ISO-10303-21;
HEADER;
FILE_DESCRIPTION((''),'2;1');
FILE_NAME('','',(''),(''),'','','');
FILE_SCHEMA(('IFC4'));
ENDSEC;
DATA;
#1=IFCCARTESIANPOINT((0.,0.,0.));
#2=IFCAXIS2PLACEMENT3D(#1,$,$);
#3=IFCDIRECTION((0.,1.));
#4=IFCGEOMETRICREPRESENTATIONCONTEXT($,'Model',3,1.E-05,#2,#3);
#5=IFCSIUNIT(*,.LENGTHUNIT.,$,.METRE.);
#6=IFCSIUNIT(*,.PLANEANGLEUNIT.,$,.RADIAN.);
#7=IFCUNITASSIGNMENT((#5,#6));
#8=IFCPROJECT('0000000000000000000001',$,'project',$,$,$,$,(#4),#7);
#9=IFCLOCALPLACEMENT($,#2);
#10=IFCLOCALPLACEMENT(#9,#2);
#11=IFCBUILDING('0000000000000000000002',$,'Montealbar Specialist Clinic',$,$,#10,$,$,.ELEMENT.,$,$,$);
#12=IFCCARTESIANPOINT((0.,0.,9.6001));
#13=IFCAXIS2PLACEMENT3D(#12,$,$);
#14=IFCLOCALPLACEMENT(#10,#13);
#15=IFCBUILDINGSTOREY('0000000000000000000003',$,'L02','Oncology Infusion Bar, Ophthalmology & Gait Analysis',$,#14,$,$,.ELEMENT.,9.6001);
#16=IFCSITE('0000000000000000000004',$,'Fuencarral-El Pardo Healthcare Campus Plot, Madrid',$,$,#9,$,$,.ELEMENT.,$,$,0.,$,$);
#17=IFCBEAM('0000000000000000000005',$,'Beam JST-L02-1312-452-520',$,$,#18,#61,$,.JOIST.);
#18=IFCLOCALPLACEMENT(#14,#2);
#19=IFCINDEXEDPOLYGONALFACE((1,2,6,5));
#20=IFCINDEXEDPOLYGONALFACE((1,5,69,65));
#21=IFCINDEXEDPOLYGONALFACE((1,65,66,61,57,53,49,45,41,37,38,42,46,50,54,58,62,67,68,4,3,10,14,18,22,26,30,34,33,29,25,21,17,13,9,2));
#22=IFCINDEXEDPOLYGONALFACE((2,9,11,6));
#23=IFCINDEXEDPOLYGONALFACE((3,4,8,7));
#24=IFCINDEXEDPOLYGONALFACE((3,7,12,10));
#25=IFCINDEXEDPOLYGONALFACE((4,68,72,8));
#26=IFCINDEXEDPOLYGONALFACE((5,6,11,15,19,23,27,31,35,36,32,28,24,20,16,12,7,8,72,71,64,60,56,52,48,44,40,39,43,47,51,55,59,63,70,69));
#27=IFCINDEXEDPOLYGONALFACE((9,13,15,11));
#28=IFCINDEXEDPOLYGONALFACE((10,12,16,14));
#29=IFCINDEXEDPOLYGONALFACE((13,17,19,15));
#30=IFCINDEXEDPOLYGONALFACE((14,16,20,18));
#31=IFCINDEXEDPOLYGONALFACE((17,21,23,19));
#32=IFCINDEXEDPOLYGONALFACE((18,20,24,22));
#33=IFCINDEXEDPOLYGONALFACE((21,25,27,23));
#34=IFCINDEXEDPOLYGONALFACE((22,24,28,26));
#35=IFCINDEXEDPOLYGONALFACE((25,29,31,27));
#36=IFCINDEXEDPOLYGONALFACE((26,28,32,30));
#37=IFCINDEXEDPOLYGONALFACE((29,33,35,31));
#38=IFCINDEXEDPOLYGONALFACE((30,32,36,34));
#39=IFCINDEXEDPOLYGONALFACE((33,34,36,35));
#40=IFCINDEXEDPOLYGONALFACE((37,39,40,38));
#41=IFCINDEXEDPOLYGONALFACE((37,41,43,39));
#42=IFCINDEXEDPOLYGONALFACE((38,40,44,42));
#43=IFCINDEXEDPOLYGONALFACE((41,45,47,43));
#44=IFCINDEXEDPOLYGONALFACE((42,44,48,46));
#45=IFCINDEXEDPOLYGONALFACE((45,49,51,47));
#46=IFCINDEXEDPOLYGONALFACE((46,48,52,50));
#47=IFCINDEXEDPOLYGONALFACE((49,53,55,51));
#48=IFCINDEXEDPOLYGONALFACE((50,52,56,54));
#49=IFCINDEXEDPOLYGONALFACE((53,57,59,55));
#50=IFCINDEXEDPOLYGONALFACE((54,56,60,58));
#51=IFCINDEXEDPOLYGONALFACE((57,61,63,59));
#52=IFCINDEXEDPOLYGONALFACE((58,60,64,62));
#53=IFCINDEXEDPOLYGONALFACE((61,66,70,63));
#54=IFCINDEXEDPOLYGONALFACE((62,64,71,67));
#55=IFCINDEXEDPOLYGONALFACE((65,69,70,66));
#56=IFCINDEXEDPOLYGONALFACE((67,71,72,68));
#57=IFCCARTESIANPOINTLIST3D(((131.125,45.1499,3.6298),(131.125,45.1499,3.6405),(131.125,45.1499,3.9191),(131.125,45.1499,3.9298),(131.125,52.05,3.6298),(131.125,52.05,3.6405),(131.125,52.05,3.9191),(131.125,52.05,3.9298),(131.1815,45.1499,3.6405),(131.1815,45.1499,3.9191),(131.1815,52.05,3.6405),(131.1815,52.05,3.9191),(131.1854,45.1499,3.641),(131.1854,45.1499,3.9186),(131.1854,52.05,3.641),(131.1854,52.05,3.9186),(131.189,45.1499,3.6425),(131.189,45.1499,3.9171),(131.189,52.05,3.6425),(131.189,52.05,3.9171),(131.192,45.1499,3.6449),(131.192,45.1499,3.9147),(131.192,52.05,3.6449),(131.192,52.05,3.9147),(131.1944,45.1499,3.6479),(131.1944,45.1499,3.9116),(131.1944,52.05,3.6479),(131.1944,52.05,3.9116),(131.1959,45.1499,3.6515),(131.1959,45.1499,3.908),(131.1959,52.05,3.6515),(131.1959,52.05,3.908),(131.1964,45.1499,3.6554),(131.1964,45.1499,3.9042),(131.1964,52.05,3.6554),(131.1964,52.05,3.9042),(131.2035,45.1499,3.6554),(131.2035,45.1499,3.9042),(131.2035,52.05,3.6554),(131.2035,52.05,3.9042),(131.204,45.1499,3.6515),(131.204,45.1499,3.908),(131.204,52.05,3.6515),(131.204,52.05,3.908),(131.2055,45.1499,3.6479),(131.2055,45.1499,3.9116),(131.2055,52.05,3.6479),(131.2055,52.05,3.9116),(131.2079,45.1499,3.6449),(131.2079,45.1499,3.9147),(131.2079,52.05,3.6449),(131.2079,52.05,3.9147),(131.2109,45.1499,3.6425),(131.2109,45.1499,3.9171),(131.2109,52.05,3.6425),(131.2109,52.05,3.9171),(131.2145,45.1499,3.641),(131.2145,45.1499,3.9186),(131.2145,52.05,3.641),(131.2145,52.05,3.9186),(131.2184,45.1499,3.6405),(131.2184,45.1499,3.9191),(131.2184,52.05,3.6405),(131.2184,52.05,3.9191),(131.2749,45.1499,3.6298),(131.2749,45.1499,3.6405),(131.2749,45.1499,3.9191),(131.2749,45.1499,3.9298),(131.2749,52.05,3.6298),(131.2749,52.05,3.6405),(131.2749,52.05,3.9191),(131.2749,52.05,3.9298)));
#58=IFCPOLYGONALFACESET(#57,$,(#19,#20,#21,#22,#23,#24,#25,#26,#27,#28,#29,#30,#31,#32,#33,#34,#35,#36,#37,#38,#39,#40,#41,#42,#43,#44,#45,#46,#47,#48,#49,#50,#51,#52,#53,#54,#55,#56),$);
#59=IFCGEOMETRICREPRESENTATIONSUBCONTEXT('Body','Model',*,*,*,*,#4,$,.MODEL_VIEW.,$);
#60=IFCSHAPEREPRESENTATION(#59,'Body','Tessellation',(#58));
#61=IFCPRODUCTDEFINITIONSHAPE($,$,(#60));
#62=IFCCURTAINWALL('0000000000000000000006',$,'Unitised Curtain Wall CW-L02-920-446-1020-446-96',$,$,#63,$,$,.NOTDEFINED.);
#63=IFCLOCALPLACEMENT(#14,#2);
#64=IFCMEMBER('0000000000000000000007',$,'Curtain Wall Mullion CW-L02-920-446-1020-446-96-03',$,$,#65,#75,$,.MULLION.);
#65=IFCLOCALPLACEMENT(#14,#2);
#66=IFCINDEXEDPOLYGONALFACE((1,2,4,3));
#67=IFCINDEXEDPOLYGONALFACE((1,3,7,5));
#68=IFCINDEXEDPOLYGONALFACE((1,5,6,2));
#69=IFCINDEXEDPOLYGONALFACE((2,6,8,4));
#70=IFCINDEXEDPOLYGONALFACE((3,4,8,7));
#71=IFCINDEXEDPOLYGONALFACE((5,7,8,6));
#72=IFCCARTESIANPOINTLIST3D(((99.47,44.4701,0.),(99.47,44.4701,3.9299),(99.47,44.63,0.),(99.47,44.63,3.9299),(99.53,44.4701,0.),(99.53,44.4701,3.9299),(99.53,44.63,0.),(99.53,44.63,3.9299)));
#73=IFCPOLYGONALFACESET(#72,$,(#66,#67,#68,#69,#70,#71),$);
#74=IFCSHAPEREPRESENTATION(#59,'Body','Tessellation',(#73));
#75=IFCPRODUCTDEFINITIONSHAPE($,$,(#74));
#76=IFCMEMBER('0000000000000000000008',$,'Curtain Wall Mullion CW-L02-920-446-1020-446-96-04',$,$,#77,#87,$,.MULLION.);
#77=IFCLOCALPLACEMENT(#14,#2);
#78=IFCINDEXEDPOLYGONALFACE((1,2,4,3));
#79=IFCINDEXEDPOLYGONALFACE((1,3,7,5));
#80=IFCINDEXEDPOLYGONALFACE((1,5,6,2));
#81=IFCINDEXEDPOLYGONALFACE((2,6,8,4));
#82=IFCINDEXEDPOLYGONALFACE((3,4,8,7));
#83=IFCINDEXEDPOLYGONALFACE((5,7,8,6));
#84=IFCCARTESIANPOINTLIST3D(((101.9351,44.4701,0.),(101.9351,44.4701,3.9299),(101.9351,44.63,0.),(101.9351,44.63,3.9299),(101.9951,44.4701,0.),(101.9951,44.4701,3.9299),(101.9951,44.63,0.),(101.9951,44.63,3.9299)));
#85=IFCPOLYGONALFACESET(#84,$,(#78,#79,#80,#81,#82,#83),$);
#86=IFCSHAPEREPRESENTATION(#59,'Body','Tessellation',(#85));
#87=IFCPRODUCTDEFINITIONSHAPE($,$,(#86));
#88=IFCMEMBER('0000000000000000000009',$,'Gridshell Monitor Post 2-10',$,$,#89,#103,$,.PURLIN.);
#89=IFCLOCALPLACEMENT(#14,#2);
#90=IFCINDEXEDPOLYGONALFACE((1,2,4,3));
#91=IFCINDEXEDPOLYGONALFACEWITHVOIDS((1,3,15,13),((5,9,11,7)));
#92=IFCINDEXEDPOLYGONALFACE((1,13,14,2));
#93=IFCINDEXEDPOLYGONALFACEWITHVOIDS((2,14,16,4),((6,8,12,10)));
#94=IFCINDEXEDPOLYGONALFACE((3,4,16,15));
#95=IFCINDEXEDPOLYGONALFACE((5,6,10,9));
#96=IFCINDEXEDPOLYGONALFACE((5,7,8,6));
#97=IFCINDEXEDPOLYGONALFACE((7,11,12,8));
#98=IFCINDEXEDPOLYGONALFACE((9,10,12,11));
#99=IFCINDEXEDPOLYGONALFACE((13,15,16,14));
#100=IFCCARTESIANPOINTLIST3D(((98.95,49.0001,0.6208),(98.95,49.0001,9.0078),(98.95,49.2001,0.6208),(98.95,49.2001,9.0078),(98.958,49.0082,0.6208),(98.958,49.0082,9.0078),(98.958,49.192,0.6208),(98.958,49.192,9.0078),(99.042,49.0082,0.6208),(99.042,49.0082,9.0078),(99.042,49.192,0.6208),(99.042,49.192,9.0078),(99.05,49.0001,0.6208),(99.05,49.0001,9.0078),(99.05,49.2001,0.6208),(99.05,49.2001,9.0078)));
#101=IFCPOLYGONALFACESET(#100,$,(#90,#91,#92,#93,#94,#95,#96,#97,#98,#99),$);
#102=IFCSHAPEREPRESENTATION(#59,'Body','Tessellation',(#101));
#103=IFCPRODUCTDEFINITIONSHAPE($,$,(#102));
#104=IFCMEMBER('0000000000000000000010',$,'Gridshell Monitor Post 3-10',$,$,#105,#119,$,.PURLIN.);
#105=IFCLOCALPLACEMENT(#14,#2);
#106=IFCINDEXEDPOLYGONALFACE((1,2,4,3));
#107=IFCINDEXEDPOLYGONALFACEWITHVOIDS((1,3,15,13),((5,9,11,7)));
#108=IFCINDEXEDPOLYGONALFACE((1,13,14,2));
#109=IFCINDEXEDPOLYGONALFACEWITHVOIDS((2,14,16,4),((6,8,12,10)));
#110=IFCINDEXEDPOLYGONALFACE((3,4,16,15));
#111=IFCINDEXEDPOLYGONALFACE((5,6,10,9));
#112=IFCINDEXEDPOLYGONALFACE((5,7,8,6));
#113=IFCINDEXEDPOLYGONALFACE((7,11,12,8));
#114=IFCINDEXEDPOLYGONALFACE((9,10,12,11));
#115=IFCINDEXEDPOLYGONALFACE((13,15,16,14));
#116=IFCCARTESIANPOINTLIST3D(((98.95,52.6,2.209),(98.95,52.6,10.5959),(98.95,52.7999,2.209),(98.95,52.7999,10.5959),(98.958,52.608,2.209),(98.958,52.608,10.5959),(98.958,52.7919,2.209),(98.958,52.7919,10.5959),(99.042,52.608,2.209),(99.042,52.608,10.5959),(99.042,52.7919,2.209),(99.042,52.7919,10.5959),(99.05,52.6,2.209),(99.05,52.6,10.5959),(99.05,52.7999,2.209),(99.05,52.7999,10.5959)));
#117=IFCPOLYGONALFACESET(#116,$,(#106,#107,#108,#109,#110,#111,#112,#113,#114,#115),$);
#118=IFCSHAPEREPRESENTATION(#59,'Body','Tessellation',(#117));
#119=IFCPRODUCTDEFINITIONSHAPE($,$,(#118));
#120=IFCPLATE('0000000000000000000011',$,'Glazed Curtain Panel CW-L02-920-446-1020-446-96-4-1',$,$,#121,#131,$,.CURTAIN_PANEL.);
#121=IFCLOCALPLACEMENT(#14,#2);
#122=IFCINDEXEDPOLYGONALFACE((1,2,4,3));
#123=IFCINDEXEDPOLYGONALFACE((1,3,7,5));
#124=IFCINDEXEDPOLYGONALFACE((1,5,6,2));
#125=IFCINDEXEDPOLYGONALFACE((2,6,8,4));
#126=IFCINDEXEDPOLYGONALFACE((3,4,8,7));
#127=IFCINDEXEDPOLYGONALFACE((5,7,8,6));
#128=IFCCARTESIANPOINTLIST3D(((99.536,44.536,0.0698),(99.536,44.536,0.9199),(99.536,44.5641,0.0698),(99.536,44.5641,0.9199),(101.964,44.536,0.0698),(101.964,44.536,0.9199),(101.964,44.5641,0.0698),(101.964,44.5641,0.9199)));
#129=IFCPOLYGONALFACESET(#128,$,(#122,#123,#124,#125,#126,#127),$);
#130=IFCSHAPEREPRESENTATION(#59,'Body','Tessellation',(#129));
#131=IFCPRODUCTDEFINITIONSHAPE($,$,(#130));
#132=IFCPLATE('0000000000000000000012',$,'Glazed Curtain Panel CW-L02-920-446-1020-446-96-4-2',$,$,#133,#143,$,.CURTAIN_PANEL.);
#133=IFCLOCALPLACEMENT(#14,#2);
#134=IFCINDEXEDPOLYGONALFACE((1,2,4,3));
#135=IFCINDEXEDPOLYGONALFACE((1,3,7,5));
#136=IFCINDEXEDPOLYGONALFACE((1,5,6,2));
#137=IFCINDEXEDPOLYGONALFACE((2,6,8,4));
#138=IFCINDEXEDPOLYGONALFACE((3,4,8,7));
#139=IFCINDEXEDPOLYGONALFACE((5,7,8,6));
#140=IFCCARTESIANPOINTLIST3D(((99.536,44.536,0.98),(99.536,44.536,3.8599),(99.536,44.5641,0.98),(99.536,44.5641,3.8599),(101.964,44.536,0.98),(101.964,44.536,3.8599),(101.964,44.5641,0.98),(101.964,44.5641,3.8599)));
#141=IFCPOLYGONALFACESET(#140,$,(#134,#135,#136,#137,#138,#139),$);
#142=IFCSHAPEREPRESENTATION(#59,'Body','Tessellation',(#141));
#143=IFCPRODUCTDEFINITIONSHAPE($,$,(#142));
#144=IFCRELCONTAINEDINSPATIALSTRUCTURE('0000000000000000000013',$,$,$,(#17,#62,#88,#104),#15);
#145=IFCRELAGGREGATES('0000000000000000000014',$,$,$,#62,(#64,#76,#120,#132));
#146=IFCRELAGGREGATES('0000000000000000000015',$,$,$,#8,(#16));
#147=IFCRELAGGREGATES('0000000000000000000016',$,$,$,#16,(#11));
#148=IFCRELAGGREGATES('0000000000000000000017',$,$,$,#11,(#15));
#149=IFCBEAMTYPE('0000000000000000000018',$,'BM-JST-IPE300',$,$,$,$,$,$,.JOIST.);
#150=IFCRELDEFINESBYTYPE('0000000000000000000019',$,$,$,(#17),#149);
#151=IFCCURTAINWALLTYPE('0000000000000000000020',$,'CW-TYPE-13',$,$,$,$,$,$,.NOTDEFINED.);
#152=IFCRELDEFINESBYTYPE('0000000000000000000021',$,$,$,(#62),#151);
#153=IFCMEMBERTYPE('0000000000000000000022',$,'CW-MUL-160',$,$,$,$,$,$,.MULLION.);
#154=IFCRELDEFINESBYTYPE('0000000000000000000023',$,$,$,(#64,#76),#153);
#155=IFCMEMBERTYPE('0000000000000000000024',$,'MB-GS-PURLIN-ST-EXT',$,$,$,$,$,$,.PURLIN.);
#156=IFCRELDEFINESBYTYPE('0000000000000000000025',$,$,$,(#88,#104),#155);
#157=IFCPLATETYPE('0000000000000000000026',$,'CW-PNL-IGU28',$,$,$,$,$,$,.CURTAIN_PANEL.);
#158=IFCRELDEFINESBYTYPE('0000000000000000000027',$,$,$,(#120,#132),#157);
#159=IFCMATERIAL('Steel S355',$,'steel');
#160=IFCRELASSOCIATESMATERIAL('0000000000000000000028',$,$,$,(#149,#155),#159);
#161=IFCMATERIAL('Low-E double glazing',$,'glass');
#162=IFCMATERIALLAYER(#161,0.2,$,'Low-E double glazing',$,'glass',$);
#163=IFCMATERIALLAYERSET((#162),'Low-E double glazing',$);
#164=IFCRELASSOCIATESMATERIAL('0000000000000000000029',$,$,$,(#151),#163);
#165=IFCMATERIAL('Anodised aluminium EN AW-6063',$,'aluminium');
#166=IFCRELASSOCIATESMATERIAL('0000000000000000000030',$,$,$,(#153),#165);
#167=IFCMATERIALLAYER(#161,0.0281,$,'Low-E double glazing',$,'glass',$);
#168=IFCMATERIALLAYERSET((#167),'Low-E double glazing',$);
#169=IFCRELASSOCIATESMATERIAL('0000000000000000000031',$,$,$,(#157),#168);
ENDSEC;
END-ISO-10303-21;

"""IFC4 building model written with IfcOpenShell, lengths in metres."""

from ifc_helpers import new_model, si_unit, direction, frame, origin, origin_2d, place, context, subcontext, project, spatial, rectangle, hollow_rectangle, i_section, extrude, material, layer, layer_set, material_profile, profile_set, type_object, element, aggregate, save


model = new_model("IFC4")

# Units and contexts
model_context = context("Model", 3, precision=1e-05, world=origin(), true_north=direction((0.0, 1.0)))
body_context = subcontext(model_context, "Body", "Model", "MODEL_VIEW")
ifc_project = project(units=[si_unit("LENGTHUNIT", "METRE"), si_unit("PLANEANGLEUNIT", "RADIAN")], contexts=[model_context])

# Site, building, storey
site_placement = place(None, origin())
site = spatial("IfcSite", under=ifc_project, at=site_placement, Name="Fuencarral-El Pardo Healthcare Campus Plot, Madrid", CompositionType="ELEMENT", RefElevation=0.0)
building_placement = place(site_placement, origin())
building = spatial("IfcBuilding", under=site, at=building_placement, Name="Montealbar Specialist Clinic", CompositionType="ELEMENT")
storey_placement = place(building_placement, frame((0.0, 0.0, 9.6001)))
storey = spatial("IfcBuildingStorey", under=building, at=storey_placement, Name="L02", Description="Oncology Infusion Bar, Ophthalmology & Gait Analysis", CompositionType="ELEMENT", Elevation=9.6001)

# Shared definitions
ifc_material_1 = material(Name="Steel S355", Category="steel")

# Beam
ifc_material_profile_1 = material_profile(ifc_material_1, i_section(OverallWidth=0.1499, OverallDepth=0.3, WebThickness=0.0071, FlangeThickness=0.0107, FilletRadius=0.0149, at=origin_2d()), Name="IPE 300", Category="steel")
ifc_profile_set_1 = profile_set([ifc_material_profile_1], Name="Steel S355")
beam_type_1 = type_object("IfcBeamType", Name="BM-JST-IPE300", PredefinedType="JOIST", material=ifc_profile_set_1)
beam_1_placement = place(storey_placement, frame((131.2, 45.1499, 3.7798), z_axis=(0.0, 1.0, 0.0), x_axis=(-1.0, 0.0, 0.0)))
element("IfcBeam", 1, at=beam_1_placement, inside=storey, type_object=beam_type_1, Name="Beam JST-L02-1312-452-520", PredefinedType="JOIST", context=body_context, shape_type="SweptSolid", body=[
    extrude(i_section(OverallWidth=0.1499, OverallDepth=0.3, WebThickness=0.0071, FlangeThickness=0.0107, FilletRadius=0.0149, at=origin_2d()), origin(), (0.0, 0.0, 1.0), 6.9001),
])

# Curtain wall, members
ifc_material_2 = material(Name="Low-E double glazing", Category="glass")
ifc_layer_1 = layer(ifc_material_2, 0.2, Name="Low-E double glazing", Category="glass")
ifc_layer_set_1 = layer_set([ifc_layer_1], Name="Low-E double glazing")
curtain_wall_type = type_object("IfcCurtainWallType", Name="CW-TYPE-13", PredefinedType="NOTDEFINED", material=ifc_layer_set_1)
curtain_wall_placement = place(storey_placement, origin())
curtain_wall = element("IfcCurtainWall", 2, at=curtain_wall_placement, inside=storey, type_object=curtain_wall_type, Name="Unitised Curtain Wall CW-L02-920-446-1020-446-96", PredefinedType="NOTDEFINED")
ifc_material_3 = material(Name="Anodised aluminium EN AW-6063", Category="aluminium")
ifc_material_profile_2 = material_profile(ifc_material_3, rectangle(XDim=0.0601, YDim=0.1599, at=origin_2d()), Name="ALU 60x160", Category="aluminium")
ifc_profile_set_2 = profile_set([ifc_material_profile_2], Name="Anodised aluminium EN AW-6063")
member_type_1 = type_object("IfcMemberType", Name="CW-MUL-160", PredefinedType="MULLION", material=ifc_profile_set_2)
member_1_placement = place(storey_placement, frame((99.5, 44.55, 0.0), z_axis=(0.0, 0.0, 1.0), x_axis=(1.0, 0.0, 0.0)))
member_1 = element("IfcMember", 3, at=member_1_placement, type_object=member_type_1, Name="Curtain Wall Mullion CW-L02-920-446-1020-446-96-03", PredefinedType="MULLION", context=body_context, shape_type="SweptSolid", body=[
    extrude(rectangle(XDim=0.0601, YDim=0.1599, at=origin_2d()), origin(), (0.0, 0.0, 1.0), 3.9299),
])
member_2_placement = place(storey_placement, frame((101.9651, 44.55, 0.0), z_axis=(0.0, 0.0, 1.0), x_axis=(1.0, 0.0, 0.0)))
member_2 = element("IfcMember", 4, at=member_2_placement, type_object=member_type_1, Name="Curtain Wall Mullion CW-L02-920-446-1020-446-96-04", PredefinedType="MULLION", context=body_context, shape_type="SweptSolid", body=[
    extrude(rectangle(XDim=0.0601, YDim=0.1599, at=origin_2d()), origin(), (0.0, 0.0, 1.0), 3.9299),
])

# Members
ifc_material_profile_3 = material_profile(ifc_material_1, hollow_rectangle(XDim=0.1001, YDim=0.2, WallThickness=0.0081, at=origin_2d()), Name="RHS 200x100x8", Category="steel")
ifc_profile_set_3 = profile_set([ifc_material_profile_3], Name="Steel S355")
member_type_2 = type_object("IfcMemberType", Name="MB-GS-PURLIN-ST-EXT", PredefinedType="PURLIN", material=ifc_profile_set_3)
for number, where, z_axis, x_axis, name in (
    (5, (99.0, 49.1001, 0.6208), (0.0, 0.0, 1.0), (1.0, 0.0, 0.0), "Gridshell Monitor Post 2-10"),
    (6, (99.0, 52.7, 2.209), (0.0, 0.0, 1.0), (1.0, 0.0, 0.0), "Gridshell Monitor Post 3-10"),
):
    element("IfcMember", number, at=place(storey_placement, frame(where, z_axis=z_axis, x_axis=x_axis)), inside=storey, type_object=member_type_2, Name=name, PredefinedType="PURLIN", context=body_context, shape_type="SweptSolid", body=[
        extrude(hollow_rectangle(XDim=0.1001, YDim=0.2, WallThickness=0.0081, at=origin_2d()), origin(), (0.0, 0.0, 1.0), 8.387),
    ])

# Plates
ifc_layer_2 = layer(ifc_material_2, 0.0281, Name="Low-E double glazing", Category="glass")
ifc_layer_set_2 = layer_set([ifc_layer_2], Name="Low-E double glazing")
plate_type = type_object("IfcPlateType", Name="CW-PNL-IGU28", PredefinedType="CURTAIN_PANEL", material=ifc_layer_set_2)
plate_1_placement = place(storey_placement, frame((100.75, 44.55, 0.0698), z_axis=(0.0, 0.0, 1.0), x_axis=(1.0, 0.0, 0.0)))
plate_1 = element("IfcPlate", 7, at=plate_1_placement, type_object=plate_type, Name="Glazed Curtain Panel CW-L02-920-446-1020-446-96-4-1", PredefinedType="CURTAIN_PANEL", context=body_context, shape_type="SweptSolid", body=[
    extrude(rectangle(XDim=2.428, YDim=0.0281, at=origin_2d()), origin(), (0.0, 0.0, 1.0), 0.8501),
])
plate_2_placement = place(storey_placement, frame((100.75, 44.55, 0.98), z_axis=(0.0, 0.0, 1.0), x_axis=(1.0, 0.0, 0.0)))
plate_2 = element("IfcPlate", 8, at=plate_2_placement, type_object=plate_type, Name="Glazed Curtain Panel CW-L02-920-446-1020-446-96-4-2", PredefinedType="CURTAIN_PANEL", context=body_context, shape_type="SweptSolid", body=[
    extrude(rectangle(XDim=2.428, YDim=0.0281, at=origin_2d()), origin(), (0.0, 0.0, 1.0), 2.8799),
])
aggregate(curtain_wall, [member_1, member_2, plate_1, plate_2])

save(model, "model.ifc")
